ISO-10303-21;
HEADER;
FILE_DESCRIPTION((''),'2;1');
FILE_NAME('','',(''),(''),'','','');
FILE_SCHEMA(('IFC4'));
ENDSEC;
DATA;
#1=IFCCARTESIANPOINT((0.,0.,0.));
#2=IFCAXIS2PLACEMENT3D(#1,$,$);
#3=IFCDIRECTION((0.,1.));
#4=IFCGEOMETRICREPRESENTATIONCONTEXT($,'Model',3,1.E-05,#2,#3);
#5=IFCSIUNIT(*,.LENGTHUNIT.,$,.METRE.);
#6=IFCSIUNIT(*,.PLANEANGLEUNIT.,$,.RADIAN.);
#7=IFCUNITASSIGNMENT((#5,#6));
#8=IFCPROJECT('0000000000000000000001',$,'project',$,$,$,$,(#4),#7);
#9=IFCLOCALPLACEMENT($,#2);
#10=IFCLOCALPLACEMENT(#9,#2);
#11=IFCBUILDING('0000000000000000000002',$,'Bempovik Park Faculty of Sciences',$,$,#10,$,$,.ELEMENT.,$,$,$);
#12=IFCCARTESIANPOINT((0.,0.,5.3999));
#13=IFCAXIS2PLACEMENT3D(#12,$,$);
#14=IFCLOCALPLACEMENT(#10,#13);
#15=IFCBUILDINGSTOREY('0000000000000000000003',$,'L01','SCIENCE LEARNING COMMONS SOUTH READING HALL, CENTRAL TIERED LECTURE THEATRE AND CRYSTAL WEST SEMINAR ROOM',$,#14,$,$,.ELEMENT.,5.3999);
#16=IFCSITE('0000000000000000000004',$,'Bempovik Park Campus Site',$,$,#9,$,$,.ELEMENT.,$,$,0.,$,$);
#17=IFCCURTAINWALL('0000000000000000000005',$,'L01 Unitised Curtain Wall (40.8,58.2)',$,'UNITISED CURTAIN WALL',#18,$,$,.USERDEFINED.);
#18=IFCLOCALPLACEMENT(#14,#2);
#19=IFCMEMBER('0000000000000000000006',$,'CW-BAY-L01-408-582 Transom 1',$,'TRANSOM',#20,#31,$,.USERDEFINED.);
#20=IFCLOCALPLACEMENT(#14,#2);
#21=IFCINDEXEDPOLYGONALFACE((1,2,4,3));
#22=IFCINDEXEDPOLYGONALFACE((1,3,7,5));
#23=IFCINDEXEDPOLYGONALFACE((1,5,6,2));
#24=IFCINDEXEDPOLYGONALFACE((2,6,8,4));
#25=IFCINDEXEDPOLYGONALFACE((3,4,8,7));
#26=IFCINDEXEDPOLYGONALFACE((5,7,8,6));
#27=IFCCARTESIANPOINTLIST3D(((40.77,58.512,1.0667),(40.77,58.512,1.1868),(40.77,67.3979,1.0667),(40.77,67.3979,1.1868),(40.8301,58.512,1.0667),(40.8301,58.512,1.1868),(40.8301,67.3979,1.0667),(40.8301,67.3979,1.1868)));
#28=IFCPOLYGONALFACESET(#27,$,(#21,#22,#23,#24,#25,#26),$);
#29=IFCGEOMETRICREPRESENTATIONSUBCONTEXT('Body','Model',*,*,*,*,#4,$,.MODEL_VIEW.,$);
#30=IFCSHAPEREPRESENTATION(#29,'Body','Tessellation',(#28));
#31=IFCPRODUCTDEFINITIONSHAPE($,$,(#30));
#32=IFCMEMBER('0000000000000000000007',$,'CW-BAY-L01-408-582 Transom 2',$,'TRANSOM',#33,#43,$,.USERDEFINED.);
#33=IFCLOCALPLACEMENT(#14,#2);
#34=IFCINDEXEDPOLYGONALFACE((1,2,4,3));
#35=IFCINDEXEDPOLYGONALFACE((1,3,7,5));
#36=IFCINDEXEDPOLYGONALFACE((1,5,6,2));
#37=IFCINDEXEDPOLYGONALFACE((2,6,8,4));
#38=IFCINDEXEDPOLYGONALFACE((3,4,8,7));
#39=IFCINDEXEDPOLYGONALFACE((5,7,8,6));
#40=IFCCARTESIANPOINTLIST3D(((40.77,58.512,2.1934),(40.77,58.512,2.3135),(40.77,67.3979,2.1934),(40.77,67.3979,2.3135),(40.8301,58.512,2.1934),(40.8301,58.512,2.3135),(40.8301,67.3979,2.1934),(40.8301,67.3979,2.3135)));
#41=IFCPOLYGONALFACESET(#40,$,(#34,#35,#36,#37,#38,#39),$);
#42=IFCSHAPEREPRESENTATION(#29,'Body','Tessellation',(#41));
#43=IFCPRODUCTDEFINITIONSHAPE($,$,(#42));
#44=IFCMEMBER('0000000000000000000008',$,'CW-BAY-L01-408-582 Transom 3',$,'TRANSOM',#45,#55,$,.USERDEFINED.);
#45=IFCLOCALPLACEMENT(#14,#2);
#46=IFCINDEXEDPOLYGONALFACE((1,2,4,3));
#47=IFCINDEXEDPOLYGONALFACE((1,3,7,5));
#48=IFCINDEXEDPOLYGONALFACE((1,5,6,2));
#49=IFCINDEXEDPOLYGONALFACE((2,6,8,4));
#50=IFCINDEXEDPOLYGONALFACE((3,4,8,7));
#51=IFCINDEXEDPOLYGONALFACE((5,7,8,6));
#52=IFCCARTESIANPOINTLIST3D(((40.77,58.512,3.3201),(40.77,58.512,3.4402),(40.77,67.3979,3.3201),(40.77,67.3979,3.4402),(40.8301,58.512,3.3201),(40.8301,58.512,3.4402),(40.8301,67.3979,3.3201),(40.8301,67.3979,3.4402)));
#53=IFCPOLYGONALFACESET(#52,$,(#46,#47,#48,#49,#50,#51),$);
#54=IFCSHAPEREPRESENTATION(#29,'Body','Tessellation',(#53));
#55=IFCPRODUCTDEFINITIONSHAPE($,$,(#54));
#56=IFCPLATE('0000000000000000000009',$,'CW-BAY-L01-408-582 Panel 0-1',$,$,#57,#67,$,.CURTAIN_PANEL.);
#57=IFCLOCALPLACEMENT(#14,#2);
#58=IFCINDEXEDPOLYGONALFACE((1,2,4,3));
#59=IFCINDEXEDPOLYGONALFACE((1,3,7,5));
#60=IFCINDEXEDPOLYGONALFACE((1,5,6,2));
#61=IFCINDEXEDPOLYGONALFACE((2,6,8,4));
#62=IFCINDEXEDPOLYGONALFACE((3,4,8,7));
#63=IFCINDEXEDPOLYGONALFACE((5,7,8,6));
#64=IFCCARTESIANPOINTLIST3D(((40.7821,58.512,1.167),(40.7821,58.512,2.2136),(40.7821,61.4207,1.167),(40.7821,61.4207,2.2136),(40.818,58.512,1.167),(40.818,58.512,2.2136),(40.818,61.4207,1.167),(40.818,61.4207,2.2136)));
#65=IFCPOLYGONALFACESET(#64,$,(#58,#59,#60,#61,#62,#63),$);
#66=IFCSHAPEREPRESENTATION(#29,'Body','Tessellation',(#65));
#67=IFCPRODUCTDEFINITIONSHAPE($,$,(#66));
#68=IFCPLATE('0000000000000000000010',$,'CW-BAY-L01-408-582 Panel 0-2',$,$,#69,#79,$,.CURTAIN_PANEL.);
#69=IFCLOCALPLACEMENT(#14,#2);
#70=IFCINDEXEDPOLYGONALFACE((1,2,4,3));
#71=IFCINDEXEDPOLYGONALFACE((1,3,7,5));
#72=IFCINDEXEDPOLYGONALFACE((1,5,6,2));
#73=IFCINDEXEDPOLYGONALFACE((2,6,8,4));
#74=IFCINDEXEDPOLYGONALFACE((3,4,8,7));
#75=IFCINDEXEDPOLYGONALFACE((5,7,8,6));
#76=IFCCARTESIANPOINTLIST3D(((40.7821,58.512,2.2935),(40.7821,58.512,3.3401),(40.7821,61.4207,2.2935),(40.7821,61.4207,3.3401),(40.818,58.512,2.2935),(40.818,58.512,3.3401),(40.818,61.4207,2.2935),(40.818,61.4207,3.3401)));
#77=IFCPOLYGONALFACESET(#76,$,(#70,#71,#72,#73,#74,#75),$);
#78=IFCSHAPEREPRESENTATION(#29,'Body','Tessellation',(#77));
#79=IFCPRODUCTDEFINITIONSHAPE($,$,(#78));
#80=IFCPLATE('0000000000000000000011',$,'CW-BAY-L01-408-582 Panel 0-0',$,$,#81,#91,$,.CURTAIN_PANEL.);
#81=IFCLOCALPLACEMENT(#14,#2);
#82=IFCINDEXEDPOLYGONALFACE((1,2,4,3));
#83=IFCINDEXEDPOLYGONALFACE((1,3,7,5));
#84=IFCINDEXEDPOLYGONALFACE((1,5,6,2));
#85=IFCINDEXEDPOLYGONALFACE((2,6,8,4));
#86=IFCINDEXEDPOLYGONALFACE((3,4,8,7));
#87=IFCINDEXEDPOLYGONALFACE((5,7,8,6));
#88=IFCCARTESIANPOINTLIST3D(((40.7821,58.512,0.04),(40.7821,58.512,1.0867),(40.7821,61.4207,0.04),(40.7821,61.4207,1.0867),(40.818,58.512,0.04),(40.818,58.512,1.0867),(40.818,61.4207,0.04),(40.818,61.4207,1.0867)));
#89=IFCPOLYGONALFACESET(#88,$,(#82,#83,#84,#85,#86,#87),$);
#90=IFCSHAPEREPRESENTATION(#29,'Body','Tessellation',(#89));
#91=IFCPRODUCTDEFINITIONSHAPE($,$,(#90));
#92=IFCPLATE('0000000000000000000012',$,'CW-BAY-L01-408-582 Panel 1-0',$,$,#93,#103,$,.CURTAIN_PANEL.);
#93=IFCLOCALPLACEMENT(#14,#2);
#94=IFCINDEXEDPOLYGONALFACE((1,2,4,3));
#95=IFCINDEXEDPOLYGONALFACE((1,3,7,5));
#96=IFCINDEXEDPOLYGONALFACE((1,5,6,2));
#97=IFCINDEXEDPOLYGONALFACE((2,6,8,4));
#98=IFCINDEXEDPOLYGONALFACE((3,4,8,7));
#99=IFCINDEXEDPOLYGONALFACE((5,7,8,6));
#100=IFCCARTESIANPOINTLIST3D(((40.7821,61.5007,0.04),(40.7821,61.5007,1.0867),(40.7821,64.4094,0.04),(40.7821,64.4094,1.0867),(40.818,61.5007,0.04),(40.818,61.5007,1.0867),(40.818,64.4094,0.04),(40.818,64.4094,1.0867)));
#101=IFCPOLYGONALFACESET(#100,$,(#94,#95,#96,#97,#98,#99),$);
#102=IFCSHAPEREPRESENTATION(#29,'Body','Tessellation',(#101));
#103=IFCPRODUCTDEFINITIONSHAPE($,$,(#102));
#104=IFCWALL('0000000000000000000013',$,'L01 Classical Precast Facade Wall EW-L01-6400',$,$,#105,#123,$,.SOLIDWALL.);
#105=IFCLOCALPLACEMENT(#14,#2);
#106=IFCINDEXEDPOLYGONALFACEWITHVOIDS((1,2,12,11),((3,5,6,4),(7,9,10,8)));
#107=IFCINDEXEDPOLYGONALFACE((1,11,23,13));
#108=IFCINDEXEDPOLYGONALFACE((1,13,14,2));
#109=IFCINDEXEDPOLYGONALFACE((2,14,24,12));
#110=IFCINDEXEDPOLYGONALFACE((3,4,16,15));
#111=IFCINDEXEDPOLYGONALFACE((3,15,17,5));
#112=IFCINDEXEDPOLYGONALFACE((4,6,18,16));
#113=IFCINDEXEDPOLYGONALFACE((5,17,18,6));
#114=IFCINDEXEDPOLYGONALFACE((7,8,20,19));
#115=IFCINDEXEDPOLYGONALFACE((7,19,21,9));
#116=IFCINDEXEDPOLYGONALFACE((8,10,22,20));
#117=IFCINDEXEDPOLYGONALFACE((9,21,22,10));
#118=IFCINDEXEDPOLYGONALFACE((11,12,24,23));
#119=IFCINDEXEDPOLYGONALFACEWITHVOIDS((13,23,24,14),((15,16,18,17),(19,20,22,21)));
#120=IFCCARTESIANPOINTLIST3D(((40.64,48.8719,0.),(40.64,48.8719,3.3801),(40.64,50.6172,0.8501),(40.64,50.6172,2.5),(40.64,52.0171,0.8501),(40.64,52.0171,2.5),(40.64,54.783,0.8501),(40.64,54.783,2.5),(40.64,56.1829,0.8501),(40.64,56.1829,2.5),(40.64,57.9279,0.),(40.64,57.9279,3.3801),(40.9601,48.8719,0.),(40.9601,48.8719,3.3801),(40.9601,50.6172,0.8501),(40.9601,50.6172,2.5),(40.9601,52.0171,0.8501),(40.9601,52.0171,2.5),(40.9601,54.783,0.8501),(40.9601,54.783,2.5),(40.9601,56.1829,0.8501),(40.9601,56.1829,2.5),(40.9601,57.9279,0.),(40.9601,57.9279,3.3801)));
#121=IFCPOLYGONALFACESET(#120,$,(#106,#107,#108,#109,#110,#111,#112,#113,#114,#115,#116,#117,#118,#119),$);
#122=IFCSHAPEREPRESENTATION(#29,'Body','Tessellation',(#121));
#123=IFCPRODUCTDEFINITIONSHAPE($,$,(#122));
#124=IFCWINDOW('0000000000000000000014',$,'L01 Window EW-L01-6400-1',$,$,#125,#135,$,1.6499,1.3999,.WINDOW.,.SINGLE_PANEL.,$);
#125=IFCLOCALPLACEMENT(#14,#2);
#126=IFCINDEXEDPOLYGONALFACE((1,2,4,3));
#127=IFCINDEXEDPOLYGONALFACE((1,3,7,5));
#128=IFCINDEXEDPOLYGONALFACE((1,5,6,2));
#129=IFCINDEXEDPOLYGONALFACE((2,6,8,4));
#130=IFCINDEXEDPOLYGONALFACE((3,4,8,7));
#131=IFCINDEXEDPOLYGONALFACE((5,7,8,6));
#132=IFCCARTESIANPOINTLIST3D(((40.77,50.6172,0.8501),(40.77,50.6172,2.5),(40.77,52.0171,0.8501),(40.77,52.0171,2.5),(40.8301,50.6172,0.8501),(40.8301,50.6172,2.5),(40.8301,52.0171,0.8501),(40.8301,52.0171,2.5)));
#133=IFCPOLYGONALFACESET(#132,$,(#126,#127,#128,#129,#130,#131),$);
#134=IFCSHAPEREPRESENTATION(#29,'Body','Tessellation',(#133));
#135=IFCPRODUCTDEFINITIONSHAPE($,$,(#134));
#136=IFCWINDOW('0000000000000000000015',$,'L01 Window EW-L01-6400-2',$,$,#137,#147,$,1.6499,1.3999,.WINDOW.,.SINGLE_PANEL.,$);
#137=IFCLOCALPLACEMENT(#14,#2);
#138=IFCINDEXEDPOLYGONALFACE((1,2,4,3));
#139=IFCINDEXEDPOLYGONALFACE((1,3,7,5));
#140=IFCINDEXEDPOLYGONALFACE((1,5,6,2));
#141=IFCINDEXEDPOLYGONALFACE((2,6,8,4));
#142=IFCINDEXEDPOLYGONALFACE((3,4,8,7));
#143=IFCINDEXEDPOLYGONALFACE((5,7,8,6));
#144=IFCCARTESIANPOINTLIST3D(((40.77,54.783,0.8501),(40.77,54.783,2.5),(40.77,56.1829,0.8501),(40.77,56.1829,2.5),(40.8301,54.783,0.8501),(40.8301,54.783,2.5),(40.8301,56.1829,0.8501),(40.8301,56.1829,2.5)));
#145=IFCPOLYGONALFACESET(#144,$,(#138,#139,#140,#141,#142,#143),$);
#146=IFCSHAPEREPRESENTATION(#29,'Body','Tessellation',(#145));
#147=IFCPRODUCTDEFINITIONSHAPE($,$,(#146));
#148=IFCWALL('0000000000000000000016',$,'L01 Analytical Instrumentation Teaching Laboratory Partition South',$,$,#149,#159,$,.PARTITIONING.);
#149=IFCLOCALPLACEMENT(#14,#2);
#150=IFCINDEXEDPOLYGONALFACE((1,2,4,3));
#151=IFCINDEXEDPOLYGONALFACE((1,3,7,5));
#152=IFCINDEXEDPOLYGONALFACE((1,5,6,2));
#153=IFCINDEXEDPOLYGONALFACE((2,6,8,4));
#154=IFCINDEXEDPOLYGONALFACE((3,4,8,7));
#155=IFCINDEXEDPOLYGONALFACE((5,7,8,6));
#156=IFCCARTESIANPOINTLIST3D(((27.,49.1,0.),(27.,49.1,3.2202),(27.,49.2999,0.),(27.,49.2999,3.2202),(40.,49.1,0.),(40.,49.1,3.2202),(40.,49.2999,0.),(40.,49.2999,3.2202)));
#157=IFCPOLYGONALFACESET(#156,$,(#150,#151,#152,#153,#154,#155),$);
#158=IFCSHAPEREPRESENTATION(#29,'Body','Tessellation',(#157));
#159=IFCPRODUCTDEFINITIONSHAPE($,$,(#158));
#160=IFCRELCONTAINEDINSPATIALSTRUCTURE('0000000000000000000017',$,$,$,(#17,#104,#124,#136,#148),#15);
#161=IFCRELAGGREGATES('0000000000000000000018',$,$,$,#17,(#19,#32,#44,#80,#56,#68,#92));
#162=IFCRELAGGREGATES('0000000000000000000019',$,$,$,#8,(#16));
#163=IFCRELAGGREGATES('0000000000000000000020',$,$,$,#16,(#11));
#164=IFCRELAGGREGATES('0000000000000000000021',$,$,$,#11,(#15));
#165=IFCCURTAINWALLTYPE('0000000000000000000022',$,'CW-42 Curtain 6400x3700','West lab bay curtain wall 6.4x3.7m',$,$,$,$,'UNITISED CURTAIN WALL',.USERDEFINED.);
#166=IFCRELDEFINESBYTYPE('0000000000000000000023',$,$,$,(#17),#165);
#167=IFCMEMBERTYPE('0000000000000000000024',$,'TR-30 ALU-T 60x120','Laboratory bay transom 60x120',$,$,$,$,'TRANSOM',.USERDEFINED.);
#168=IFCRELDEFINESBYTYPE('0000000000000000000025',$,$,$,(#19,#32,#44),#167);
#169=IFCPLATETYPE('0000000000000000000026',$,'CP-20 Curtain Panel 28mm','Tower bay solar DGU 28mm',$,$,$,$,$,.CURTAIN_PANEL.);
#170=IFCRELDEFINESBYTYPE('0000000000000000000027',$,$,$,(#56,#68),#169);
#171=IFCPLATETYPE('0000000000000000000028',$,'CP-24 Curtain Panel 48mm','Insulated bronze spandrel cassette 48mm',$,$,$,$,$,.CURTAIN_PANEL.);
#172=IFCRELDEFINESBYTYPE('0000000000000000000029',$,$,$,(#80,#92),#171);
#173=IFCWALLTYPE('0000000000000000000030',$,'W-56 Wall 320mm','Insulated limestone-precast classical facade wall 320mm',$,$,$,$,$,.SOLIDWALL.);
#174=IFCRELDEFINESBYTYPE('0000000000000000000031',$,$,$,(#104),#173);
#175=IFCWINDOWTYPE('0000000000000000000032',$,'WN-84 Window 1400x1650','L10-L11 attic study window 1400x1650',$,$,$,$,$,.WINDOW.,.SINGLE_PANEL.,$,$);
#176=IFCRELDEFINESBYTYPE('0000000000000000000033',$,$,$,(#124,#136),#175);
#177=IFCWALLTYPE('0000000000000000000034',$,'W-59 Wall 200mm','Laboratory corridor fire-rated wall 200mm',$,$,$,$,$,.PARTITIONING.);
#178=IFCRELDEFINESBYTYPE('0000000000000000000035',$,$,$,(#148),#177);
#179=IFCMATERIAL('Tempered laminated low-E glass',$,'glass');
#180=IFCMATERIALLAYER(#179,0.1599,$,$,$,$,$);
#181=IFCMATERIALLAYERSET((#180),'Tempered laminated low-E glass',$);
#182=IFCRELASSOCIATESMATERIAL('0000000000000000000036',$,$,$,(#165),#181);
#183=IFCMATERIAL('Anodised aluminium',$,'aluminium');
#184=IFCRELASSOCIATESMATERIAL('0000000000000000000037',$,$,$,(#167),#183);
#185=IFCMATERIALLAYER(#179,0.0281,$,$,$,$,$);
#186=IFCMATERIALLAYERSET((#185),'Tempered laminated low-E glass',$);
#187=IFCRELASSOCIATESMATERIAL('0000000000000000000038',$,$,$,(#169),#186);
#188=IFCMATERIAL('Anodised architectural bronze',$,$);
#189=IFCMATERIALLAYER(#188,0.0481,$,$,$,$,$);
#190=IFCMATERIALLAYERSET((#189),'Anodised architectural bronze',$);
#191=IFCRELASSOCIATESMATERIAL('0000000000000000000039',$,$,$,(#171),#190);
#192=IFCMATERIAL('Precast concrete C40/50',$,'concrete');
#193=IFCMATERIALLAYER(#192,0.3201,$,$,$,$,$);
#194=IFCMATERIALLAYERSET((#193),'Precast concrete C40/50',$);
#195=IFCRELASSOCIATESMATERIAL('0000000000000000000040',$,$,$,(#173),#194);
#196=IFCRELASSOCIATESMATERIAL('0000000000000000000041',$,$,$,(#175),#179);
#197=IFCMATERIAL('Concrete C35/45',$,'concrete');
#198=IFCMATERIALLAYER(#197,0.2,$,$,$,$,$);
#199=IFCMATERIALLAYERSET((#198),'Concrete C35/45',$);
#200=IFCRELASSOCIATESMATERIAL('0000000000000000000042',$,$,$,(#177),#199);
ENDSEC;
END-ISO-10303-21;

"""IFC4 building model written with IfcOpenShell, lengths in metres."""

from ifc_helpers import new_model, si_unit, direction, frame, frame_2d, origin, origin_2d, place, context, subcontext, project, spatial, rectangle, extrude, material, layer, layer_set, material_profile, profile_set, type_object, element, fill, aggregate, save


model = new_model("IFC4")

# Units and contexts
model_context = context("Model", 3, precision=1e-05, world=origin(), true_north=direction((0.0, 1.0)))
body_context = subcontext(model_context, "Body", "Model", "MODEL_VIEW")
ifc_project = project(units=[si_unit("LENGTHUNIT", "METRE"), si_unit("PLANEANGLEUNIT", "RADIAN")], contexts=[model_context])

# Site, building, storey
site_placement = place(None, origin())
site = spatial("IfcSite", under=ifc_project, at=site_placement, Name="Bempovik Park Campus Site", CompositionType="ELEMENT", RefElevation=0.0)
building_placement = place(site_placement, origin())
building = spatial("IfcBuilding", under=site, at=building_placement, Name="Bempovik Park Faculty of Sciences", CompositionType="ELEMENT")
storey_placement = place(building_placement, frame((0.0, 0.0, 5.3999)))
storey = spatial("IfcBuildingStorey", under=building, at=storey_placement, Name="L01", Description="SCIENCE LEARNING COMMONS SOUTH READING HALL, CENTRAL TIERED LECTURE THEATRE AND CRYSTAL WEST SEMINAR ROOM", CompositionType="ELEMENT", Elevation=5.3999)

# Shared definitions
ifc_material_1 = material(Name="Concrete C35/45", Category="concrete")

# Curtain wall, members, plates
ifc_material_2 = material(Name="Tempered laminated low-E glass", Category="glass")
ifc_layer_1 = layer(ifc_material_2, 0.1599)
ifc_layer_set_1 = layer_set([ifc_layer_1], Name="Tempered laminated low-E glass")
curtain_wall_type = type_object("IfcCurtainWallType", Name="CW-42 Curtain 6400x3700", Description="West lab bay curtain wall 6.4x3.7m", ElementType="UNITISED CURTAIN WALL", PredefinedType="USERDEFINED", material=ifc_layer_set_1)
curtain_wall_placement = place(storey_placement, origin())
curtain_wall = element("IfcCurtainWall", 1, at=curtain_wall_placement, inside=storey, type_object=curtain_wall_type, Name="L01 Unitised Curtain Wall (40.8,58.2)", ObjectType="UNITISED CURTAIN WALL", PredefinedType="USERDEFINED")
ifc_material_3 = material(Name="Anodised aluminium", Category="aluminium")
ifc_material_profile_1 = material_profile(ifc_material_3, rectangle(XDim=0.0601, YDim=0.1201, at=origin_2d()), Name="ALU-T 60x120")
ifc_profile_set_1 = profile_set([ifc_material_profile_1], Name="Anodised aluminium")
member_type_1 = type_object("IfcMemberType", Name="TR-30 ALU-T 60x120", Description="Laboratory bay transom 60x120", ElementType="TRANSOM", PredefinedType="USERDEFINED", material=ifc_profile_set_1)
member_1_placement = place(storey_placement, frame((40.8, 58.512, 1.1267), z_axis=(0.0, 1.0, 0.0), x_axis=(-1.0, 0.0, 0.0)))
member_1 = element("IfcMember", 2, at=member_1_placement, type_object=member_type_1, Name="CW-BAY-L01-408-582 Transom 1", ObjectType="TRANSOM", PredefinedType="USERDEFINED", context=body_context, shape_type="SweptSolid", body=[
    extrude(rectangle(XDim=0.0601, YDim=0.1201, at=origin_2d()), origin(), (0.0, 0.0, 1.0), 8.886),
])
member_2_placement = place(storey_placement, frame((40.8, 58.512, 2.2534), z_axis=(0.0, 1.0, 0.0), x_axis=(-1.0, 0.0, 0.0)))
member_2 = element("IfcMember", 3, at=member_2_placement, type_object=member_type_1, Name="CW-BAY-L01-408-582 Transom 2", ObjectType="TRANSOM", PredefinedType="USERDEFINED", context=body_context, shape_type="SweptSolid", body=[
    extrude(rectangle(XDim=0.0601, YDim=0.1201, at=origin_2d()), origin(), (0.0, 0.0, 1.0), 8.886),
])
member_3_placement = place(storey_placement, frame((40.8, 58.512, 3.3801), z_axis=(0.0, 1.0, 0.0), x_axis=(-1.0, 0.0, 0.0)))
member_3 = element("IfcMember", 4, at=member_3_placement, type_object=member_type_1, Name="CW-BAY-L01-408-582 Transom 3", ObjectType="TRANSOM", PredefinedType="USERDEFINED", context=body_context, shape_type="SweptSolid", body=[
    extrude(rectangle(XDim=0.0601, YDim=0.1201, at=origin_2d()), origin(), (0.0, 0.0, 1.0), 8.886),
])
ifc_layer_2 = layer(ifc_material_2, 0.0281)
ifc_layer_set_2 = layer_set([ifc_layer_2], Name="Tempered laminated low-E glass")
plate_type_1 = type_object("IfcPlateType", Name="CP-20 Curtain Panel 28mm", Description="Tower bay solar DGU 28mm", PredefinedType="CURTAIN_PANEL", material=ifc_layer_set_2)
plate_1_placement = place(storey_placement, frame((40.8, 59.9663, 1.167), z_axis=(0.0, 0.0, 1.0), x_axis=(0.0, 1.0, 0.0)))
plate_1 = element("IfcPlate", 5, at=plate_1_placement, type_object=plate_type_1, Name="CW-BAY-L01-408-582 Panel 0-1", PredefinedType="CURTAIN_PANEL", context=body_context, shape_type="SweptSolid", body=[
    extrude(rectangle(XDim=2.9087, YDim=0.0359, at=origin_2d()), origin(), (0.0, 0.0, 1.0), 1.0466),
])
plate_2_placement = place(storey_placement, frame((40.8, 59.9663, 2.2935), z_axis=(0.0, 0.0, 1.0), x_axis=(0.0, 1.0, 0.0)))
plate_2 = element("IfcPlate", 6, at=plate_2_placement, type_object=plate_type_1, Name="CW-BAY-L01-408-582 Panel 0-2", PredefinedType="CURTAIN_PANEL", context=body_context, shape_type="SweptSolid", body=[
    extrude(rectangle(XDim=2.9087, YDim=0.0359, at=origin_2d()), origin(), (0.0, 0.0, 1.0), 1.0466),
])
ifc_material_4 = material(Name="Anodised architectural bronze")
ifc_layer_3 = layer(ifc_material_4, 0.0481)
ifc_layer_set_3 = layer_set([ifc_layer_3], Name="Anodised architectural bronze")
plate_type_2 = type_object("IfcPlateType", Name="CP-24 Curtain Panel 48mm", Description="Insulated bronze spandrel cassette 48mm", PredefinedType="CURTAIN_PANEL", material=ifc_layer_set_3)
plate_3_placement = place(storey_placement, frame((40.8, 59.9663, 0.04), z_axis=(0.0, 0.0, 1.0), x_axis=(0.0, 1.0, 0.0)))
plate_3 = element("IfcPlate", 7, at=plate_3_placement, type_object=plate_type_2, Name="CW-BAY-L01-408-582 Panel 0-0", PredefinedType="CURTAIN_PANEL", context=body_context, shape_type="SweptSolid", body=[
    extrude(rectangle(XDim=2.9087, YDim=0.0359, at=origin_2d()), origin(), (0.0, 0.0, 1.0), 1.0466),
])
plate_4_placement = place(storey_placement, frame((40.8, 62.9551, 0.04), z_axis=(0.0, 0.0, 1.0), x_axis=(0.0, 1.0, 0.0)))
plate_4 = element("IfcPlate", 8, at=plate_4_placement, type_object=plate_type_2, Name="CW-BAY-L01-408-582 Panel 1-0", PredefinedType="CURTAIN_PANEL", context=body_context, shape_type="SweptSolid", body=[
    extrude(rectangle(XDim=2.9087, YDim=0.0359, at=origin_2d()), origin(), (0.0, 0.0, 1.0), 1.0466),
])
aggregate(curtain_wall, [member_1, member_2, member_3, plate_3, plate_1, plate_2, plate_4])

# Wall, openings, windows
ifc_material_5 = material(Name="Precast concrete C40/50", Category="concrete")
ifc_layer_4 = layer(ifc_material_5, 0.3201)
ifc_layer_set_4 = layer_set([ifc_layer_4], Name="Precast concrete C40/50")
wall_type_1 = type_object("IfcWallType", Name="W-56 Wall 320mm", Description="Insulated limestone-precast classical facade wall 320mm", PredefinedType="SOLIDWALL", material=ifc_layer_set_4)
wall_1_placement = place(storey_placement, frame((40.8, 48.8721, 0.0), z_axis=(0.0, 0.0, 1.0), x_axis=(0.0, 1.0, 0.0)))
wall_1 = element("IfcWall", 9, at=wall_1_placement, inside=storey, type_object=wall_type_1, Name="L01 Classical Precast Facade Wall EW-L01-6400", PredefinedType="SOLIDWALL", context=body_context, shape_type="SweptSolid", body=[
    extrude(rectangle(XDim=9.0559, YDim=0.3201, at=frame_2d((4.5278, 0.0))), origin(), (0.0, 0.0, 1.0), 3.3801),
])
opening_1_placement = place(wall_1_placement, frame((1.7451, 0.0, 0.8501)))
opening_1 = element("IfcOpeningElement", 10, at=opening_1_placement, cuts=wall_1, PredefinedType="OPENING", context=body_context, shape_type="SweptSolid", body=[
    extrude(rectangle(XDim=1.3999, YDim=1.6499, at=frame_2d((0.7, 0.825))), frame((0.0, 0.1699, 0.0), z_axis=(0.0, -1.0, 0.0), x_axis=(1.0, 0.0, 0.0)), (0.0, 0.0, 1.0), 0.3401),
])
opening_2_placement = place(wall_1_placement, frame((5.9109, 0.0, 0.8501)))
opening_2 = element("IfcOpeningElement", 11, at=opening_2_placement, cuts=wall_1, PredefinedType="OPENING", context=body_context, shape_type="SweptSolid", body=[
    extrude(rectangle(XDim=1.3999, YDim=1.6499, at=frame_2d((0.7, 0.825))), frame((0.0, 0.1699, 0.0), z_axis=(0.0, -1.0, 0.0), x_axis=(1.0, 0.0, 0.0)), (0.0, 0.0, 1.0), 0.3401),
])
window_type = type_object("IfcWindowType", Name="WN-84 Window 1400x1650", Description="L10-L11 attic study window 1400x1650", PartitioningType="SINGLE_PANEL", PredefinedType="WINDOW", material=ifc_material_2)
window_1_placement = place(opening_1_placement, origin())
window_1 = element("IfcWindow", 12, at=window_1_placement, inside=storey, type_object=window_type, Name="L01 Window EW-L01-6400-1", OverallHeight=1.6499, OverallWidth=1.3999, PartitioningType="SINGLE_PANEL", PredefinedType="WINDOW", context=body_context, shape_type="SweptSolid", body=[
    extrude(rectangle(XDim=1.3999, YDim=1.6499, at=frame_2d((0.7, 0.825))), frame((0.0, 0.03, 0.0), z_axis=(0.0, -1.0, 0.0), x_axis=(1.0, 0.0, 0.0)), (0.0, 0.0, 1.0), 0.0601),
])
fill(opening_1, window_1)
window_2_placement = place(opening_2_placement, origin())
window_2 = element("IfcWindow", 13, at=window_2_placement, inside=storey, type_object=window_type, Name="L01 Window EW-L01-6400-2", OverallHeight=1.6499, OverallWidth=1.3999, PartitioningType="SINGLE_PANEL", PredefinedType="WINDOW", context=body_context, shape_type="SweptSolid", body=[
    extrude(rectangle(XDim=1.3999, YDim=1.6499, at=frame_2d((0.7, 0.825))), frame((0.0, 0.03, 0.0), z_axis=(0.0, -1.0, 0.0), x_axis=(1.0, 0.0, 0.0)), (0.0, 0.0, 1.0), 0.0601),
])
fill(opening_2, window_2)

# Wall
ifc_layer_5 = layer(ifc_material_1, 0.2)
ifc_layer_set_5 = layer_set([ifc_layer_5], Name="Concrete C35/45")
wall_type_2 = type_object("IfcWallType", Name="W-59 Wall 200mm", Description="Laboratory corridor fire-rated wall 200mm", PredefinedType="PARTITIONING", material=ifc_layer_set_5)
wall_2_placement = place(storey_placement, frame((27.0, 49.2, 0.0), z_axis=(0.0, 0.0, 1.0), x_axis=(1.0, 0.0, 0.0)))
element("IfcWall", 14, at=wall_2_placement, inside=storey, type_object=wall_type_2, Name="L01 Analytical Instrumentation Teaching Laboratory Partition South", PredefinedType="PARTITIONING", context=body_context, shape_type="SweptSolid", body=[
    extrude(rectangle(XDim=13.0, YDim=0.2, at=frame_2d((6.5, 0.0))), origin(), (0.0, 0.0, 1.0), 3.2202),
])

save(model, "model.ifc")
